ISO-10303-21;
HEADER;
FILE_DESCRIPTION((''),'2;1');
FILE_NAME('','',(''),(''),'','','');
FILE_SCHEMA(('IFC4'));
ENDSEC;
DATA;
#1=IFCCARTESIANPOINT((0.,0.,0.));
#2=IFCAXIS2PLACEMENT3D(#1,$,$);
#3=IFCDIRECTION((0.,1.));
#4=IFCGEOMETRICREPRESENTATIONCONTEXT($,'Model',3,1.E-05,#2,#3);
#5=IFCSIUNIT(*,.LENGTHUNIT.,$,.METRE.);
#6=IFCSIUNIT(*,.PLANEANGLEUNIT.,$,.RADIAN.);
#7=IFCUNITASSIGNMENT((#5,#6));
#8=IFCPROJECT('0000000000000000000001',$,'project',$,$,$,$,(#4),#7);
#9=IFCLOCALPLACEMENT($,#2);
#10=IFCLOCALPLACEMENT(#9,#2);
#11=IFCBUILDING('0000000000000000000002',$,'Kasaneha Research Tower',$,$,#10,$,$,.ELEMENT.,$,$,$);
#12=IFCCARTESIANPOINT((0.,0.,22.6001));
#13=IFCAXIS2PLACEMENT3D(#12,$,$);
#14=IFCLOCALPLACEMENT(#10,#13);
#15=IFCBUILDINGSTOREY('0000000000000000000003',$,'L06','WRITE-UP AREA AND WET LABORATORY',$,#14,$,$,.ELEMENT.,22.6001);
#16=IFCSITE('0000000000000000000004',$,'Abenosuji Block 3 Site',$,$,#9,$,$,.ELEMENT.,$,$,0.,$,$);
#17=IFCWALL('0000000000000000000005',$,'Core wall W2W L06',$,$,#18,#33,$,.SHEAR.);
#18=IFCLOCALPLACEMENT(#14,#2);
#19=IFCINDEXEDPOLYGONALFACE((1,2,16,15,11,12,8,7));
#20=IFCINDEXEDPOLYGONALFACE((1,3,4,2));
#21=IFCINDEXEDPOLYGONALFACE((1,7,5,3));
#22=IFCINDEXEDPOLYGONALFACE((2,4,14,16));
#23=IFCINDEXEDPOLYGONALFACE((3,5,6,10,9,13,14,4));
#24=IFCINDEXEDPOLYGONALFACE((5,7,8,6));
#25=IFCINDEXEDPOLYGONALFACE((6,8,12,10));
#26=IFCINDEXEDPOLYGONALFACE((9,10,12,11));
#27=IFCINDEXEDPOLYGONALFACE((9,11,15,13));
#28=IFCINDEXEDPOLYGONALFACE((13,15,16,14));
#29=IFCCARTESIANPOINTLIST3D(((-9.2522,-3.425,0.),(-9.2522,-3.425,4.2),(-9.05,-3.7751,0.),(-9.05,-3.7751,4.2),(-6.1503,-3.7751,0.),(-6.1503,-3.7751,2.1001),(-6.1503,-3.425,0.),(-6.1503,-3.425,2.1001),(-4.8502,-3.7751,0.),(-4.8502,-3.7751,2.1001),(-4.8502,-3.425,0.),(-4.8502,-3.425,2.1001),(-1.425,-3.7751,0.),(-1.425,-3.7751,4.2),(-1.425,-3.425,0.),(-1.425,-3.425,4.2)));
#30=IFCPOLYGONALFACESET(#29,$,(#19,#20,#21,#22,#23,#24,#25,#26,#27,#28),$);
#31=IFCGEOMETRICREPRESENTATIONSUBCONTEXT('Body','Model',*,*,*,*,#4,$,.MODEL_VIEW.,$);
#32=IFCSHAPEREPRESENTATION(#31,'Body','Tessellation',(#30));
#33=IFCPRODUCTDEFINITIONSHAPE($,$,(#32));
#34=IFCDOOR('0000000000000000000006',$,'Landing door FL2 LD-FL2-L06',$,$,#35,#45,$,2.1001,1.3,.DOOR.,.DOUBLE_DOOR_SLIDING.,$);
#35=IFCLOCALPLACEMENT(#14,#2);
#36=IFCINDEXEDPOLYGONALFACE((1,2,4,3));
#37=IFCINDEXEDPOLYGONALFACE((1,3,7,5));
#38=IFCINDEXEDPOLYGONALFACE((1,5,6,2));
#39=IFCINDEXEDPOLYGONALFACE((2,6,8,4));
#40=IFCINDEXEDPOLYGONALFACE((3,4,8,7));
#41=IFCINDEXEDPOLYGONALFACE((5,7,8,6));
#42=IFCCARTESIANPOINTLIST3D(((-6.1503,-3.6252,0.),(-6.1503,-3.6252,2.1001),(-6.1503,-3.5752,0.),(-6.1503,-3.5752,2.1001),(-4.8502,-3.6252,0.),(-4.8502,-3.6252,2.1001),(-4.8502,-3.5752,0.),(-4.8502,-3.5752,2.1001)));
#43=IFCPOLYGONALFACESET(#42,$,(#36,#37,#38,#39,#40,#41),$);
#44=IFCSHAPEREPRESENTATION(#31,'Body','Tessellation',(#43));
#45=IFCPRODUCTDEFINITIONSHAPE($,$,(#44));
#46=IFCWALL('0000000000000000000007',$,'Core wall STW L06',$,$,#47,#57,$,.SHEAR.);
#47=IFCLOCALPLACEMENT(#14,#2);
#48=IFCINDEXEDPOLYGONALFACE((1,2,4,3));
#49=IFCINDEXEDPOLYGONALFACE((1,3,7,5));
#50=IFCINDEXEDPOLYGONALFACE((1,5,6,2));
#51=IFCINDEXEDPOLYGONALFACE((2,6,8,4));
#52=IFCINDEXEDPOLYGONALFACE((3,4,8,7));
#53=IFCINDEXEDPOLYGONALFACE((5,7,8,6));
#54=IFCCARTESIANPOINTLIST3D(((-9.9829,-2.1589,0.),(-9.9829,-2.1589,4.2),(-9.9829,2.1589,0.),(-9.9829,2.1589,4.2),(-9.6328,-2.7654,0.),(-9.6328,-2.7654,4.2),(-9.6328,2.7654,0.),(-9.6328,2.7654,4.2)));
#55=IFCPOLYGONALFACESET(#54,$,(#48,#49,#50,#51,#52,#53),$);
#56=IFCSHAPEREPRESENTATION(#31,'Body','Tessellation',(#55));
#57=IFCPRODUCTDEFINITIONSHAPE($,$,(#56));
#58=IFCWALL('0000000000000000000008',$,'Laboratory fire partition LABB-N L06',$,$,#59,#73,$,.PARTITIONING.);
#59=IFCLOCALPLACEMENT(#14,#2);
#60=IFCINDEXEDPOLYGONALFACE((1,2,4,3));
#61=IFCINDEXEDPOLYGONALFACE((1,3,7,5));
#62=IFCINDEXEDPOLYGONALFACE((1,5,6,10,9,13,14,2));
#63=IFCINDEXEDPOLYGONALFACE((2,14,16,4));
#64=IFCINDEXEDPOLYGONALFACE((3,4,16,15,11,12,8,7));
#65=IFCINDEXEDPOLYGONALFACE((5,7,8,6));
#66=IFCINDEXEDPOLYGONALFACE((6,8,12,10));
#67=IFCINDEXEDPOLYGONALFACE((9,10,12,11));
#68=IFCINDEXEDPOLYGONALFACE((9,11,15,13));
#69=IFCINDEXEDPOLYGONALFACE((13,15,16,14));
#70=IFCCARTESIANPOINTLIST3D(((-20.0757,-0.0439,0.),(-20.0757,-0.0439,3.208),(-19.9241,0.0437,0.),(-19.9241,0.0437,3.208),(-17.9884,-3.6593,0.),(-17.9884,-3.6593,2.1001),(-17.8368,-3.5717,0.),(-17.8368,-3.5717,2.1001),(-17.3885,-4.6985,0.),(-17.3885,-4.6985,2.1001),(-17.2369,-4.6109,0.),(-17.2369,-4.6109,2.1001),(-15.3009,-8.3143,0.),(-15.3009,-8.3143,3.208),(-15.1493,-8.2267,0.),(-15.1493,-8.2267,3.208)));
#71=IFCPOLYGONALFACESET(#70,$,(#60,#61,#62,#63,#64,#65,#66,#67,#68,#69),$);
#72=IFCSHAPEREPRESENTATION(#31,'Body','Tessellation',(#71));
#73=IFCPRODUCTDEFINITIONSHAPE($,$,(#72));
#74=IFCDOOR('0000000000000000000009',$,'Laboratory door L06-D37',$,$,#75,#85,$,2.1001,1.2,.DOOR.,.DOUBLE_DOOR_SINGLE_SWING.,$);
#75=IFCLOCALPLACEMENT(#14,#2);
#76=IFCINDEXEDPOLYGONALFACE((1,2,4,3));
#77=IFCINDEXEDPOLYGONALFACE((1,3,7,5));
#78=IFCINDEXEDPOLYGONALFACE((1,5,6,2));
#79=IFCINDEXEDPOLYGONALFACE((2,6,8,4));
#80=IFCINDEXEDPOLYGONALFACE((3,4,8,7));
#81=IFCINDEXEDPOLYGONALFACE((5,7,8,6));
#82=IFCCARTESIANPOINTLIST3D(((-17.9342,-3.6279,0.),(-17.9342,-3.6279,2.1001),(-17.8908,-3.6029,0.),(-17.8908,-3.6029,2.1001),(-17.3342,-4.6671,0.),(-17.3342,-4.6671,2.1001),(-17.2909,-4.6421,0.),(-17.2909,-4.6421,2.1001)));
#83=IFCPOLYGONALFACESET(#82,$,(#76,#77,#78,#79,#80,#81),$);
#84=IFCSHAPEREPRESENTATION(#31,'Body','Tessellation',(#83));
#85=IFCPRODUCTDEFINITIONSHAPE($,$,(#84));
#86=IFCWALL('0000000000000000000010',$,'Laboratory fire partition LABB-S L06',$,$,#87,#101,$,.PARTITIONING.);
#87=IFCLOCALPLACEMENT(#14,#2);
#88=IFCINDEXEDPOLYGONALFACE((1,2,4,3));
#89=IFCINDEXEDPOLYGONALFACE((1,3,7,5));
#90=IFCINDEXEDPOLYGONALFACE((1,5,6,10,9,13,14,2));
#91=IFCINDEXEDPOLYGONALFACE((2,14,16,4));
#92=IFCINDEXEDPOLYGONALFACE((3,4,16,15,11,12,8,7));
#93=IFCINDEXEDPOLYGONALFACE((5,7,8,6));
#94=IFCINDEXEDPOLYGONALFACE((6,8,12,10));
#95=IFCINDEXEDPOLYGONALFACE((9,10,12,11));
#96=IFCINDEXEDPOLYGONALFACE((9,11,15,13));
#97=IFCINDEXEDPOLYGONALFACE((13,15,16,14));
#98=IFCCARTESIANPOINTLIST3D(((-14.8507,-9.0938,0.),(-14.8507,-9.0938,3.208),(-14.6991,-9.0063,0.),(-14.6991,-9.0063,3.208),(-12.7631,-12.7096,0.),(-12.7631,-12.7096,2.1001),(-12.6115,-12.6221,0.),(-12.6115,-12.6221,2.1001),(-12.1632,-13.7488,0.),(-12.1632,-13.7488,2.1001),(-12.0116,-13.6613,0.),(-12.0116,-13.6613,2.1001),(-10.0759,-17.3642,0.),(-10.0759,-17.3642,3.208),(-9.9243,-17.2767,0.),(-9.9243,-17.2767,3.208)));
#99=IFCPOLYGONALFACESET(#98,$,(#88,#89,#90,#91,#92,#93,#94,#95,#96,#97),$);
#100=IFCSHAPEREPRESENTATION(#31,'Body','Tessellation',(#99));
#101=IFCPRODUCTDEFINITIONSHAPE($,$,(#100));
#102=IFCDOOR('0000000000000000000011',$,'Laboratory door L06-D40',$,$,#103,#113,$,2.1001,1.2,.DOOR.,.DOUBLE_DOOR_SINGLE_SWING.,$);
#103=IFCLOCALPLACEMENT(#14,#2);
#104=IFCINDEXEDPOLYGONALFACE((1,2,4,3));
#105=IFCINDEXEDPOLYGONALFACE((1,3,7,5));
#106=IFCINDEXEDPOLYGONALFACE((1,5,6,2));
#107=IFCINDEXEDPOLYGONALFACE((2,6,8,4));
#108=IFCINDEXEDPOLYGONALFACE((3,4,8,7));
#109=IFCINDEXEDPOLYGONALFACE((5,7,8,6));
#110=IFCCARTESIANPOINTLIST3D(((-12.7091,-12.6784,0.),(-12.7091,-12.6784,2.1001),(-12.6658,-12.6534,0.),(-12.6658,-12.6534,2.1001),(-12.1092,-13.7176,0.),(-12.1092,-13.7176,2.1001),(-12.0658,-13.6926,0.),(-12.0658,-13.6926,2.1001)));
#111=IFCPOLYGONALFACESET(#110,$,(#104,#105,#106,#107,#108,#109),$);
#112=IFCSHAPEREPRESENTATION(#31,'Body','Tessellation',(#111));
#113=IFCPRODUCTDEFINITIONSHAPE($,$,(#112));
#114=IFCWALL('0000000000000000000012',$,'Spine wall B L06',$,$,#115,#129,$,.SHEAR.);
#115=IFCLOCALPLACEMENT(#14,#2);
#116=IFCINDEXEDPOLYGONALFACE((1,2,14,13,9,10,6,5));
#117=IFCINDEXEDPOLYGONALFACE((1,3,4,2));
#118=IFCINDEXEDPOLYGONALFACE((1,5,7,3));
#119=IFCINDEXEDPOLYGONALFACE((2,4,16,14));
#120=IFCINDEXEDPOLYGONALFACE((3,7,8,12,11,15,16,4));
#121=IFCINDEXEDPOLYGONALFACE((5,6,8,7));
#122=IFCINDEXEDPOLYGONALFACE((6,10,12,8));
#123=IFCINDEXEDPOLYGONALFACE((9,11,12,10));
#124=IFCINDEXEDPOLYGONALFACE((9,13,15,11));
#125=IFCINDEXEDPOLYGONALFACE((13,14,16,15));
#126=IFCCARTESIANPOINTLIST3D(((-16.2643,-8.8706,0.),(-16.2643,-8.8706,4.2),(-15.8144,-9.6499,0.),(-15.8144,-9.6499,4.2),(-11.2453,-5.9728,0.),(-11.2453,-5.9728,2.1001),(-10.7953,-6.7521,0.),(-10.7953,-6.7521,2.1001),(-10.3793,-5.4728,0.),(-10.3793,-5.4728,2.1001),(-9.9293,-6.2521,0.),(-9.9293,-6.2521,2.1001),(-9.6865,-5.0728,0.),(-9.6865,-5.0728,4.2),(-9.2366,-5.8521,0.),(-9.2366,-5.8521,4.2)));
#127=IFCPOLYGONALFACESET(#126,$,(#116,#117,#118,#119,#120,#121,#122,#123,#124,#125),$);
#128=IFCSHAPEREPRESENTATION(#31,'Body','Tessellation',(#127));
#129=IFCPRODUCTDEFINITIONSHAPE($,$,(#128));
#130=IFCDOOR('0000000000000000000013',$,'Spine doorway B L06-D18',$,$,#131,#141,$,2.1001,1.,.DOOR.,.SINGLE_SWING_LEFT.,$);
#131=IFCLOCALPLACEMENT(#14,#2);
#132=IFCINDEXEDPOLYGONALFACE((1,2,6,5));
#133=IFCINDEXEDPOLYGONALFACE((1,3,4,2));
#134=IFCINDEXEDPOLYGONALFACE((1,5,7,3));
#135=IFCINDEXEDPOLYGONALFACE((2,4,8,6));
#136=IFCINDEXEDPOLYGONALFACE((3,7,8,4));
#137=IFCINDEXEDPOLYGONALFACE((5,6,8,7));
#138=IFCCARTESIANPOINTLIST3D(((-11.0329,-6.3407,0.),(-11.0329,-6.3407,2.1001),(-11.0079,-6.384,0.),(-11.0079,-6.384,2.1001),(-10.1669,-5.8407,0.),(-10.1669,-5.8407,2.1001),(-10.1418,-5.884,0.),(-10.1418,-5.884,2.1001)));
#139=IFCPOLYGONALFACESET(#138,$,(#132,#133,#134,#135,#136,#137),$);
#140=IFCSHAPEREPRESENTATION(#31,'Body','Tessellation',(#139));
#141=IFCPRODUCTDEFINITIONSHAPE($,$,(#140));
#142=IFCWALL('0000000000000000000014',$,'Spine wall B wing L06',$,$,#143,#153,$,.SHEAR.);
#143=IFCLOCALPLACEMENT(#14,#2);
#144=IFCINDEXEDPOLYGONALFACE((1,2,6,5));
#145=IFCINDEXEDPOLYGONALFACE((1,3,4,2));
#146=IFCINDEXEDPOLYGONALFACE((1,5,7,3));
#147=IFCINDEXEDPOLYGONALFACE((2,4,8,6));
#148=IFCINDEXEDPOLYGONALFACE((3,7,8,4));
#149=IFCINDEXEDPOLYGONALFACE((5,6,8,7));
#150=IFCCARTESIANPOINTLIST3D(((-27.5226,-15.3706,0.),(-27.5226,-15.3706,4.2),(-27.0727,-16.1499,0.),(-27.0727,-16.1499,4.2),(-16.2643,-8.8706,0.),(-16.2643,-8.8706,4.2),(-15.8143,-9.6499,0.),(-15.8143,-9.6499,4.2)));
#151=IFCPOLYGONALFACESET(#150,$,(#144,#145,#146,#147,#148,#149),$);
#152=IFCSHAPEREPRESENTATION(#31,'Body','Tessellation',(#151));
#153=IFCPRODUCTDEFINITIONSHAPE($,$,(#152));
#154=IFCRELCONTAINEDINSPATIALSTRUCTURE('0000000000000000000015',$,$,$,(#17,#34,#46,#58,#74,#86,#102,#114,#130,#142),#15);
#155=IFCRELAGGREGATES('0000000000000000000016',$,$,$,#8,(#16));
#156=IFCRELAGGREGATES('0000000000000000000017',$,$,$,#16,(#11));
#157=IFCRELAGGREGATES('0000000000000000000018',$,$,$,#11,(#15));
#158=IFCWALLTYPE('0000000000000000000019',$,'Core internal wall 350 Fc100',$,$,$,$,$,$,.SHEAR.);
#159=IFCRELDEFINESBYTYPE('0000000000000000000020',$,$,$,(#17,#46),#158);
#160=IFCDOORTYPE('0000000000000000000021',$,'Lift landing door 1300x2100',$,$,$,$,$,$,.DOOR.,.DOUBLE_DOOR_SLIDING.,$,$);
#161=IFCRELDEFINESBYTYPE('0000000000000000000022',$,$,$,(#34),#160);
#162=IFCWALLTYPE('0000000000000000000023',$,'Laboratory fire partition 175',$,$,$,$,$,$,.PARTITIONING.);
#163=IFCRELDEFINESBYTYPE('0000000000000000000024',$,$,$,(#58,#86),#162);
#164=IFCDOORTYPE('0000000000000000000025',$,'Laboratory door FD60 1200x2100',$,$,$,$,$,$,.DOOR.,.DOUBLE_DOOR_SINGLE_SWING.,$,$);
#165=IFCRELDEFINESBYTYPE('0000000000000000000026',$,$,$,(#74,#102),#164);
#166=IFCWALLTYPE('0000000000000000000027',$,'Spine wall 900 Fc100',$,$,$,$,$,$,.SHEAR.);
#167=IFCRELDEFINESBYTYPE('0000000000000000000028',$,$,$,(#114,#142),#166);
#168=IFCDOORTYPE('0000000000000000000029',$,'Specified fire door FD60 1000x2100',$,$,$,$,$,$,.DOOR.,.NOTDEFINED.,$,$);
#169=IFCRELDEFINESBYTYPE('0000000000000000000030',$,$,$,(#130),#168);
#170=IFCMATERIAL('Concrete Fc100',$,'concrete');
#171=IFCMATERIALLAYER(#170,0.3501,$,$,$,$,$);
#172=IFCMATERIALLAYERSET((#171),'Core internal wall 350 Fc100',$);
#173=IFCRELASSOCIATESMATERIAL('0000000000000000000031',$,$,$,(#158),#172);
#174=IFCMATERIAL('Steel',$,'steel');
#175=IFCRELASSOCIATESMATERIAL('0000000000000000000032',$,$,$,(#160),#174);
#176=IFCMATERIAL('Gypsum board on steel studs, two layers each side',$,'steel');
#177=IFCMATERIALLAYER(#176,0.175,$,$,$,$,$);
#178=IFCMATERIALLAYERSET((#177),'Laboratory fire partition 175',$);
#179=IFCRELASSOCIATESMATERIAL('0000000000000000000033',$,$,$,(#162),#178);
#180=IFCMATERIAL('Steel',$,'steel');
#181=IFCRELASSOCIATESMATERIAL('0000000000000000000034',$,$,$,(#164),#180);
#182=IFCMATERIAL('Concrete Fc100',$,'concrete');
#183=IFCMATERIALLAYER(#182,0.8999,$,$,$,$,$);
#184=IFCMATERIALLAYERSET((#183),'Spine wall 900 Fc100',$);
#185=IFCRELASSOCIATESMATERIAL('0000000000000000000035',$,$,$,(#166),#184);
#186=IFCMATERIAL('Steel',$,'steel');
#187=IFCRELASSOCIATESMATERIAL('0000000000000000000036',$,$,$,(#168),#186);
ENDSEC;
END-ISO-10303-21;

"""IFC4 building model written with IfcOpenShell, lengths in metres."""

from ifc_helpers import new_model, si_unit, direction, frame, frame_2d, origin, place, context, subcontext, project, spatial, polyline, rectangle, outline, extrude, material, layer, layer_set, type_object, element, fill, save


model = new_model("IFC4")

# Units and contexts
model_context = context("Model", 3, precision=1e-05, world=origin(), true_north=direction((0.0, 1.0)))
body_context = subcontext(model_context, "Body", "Model", "MODEL_VIEW")
ifc_project = project(units=[si_unit("LENGTHUNIT", "METRE"), si_unit("PLANEANGLEUNIT", "RADIAN")], contexts=[model_context])

# Site, building, storey
site_placement = place(None, origin())
site = spatial("IfcSite", under=ifc_project, at=site_placement, Name="Abenosuji Block 3 Site", CompositionType="ELEMENT", RefElevation=0.0)
building_placement = place(site_placement, origin())
building = spatial("IfcBuilding", under=site, at=building_placement, Name="Kasaneha Research Tower", CompositionType="ELEMENT")
storey_placement = place(building_placement, frame((0.0, 0.0, 22.6001)))
storey = spatial("IfcBuildingStorey", under=building, at=storey_placement, Name="L06", Description="WRITE-UP AREA AND WET LABORATORY", CompositionType="ELEMENT", Elevation=22.6001)

# Wall, opening, door
ifc_material_1 = material(Name="Concrete Fc100", Category="concrete")
ifc_layer_1 = layer(ifc_material_1, 0.3501)
ifc_layer_set_1 = layer_set([ifc_layer_1], Name="Core internal wall 350 Fc100")
wall_type_1 = type_object("IfcWallType", Name="Core internal wall 350 Fc100", PredefinedType="SHEAR", material=ifc_layer_set_1)
wall_1_placement = place(storey_placement, frame((-9.1511, -3.6001, 0.0), z_axis=(0.0, 0.0, 1.0), x_axis=(1.0, 0.0, 0.0)))
wall_1 = element("IfcWall", 1, at=wall_1_placement, inside=storey, type_object=wall_type_1, Name="Core wall W2W L06", PredefinedType="SHEAR", context=body_context, shape_type="SweptSolid", body=[
    extrude(outline(polyline([(0.1011, -0.175), (3.001, -0.175), (4.301, -0.175), (7.7261, -0.175), (7.7261, 0.175), (4.301, 0.175), (3.001, 0.175), (-0.1011, 0.175), (0.1011, -0.175)])), origin(), (0.0, 0.0, 1.0), 4.2),
])
opening_1_placement = place(wall_1_placement, frame((3.001, 0.0, 0.0)))
opening_1 = element("IfcOpeningElement", 2, at=opening_1_placement, cuts=wall_1, PredefinedType="OPENING", context=body_context, shape_type="SweptSolid", body=[
    extrude(rectangle(XDim=1.3, YDim=2.1001, at=frame_2d((0.6499, 1.05))), frame((0.0, 0.1851, 0.0), z_axis=(0.0, -1.0, 0.0), x_axis=(1.0, 0.0, 0.0)), (0.0, 0.0, 1.0), 0.3701),
])
ifc_material_2 = material(Name="Steel", Category="steel")
door_type_1 = type_object("IfcDoorType", Name="Lift landing door 1300x2100", OperationType="DOUBLE_DOOR_SLIDING", PredefinedType="DOOR", material=ifc_material_2)
door_1_placement = place(opening_1_placement, origin())
door_1 = element("IfcDoor", 3, at=door_1_placement, inside=storey, type_object=door_type_1, Name="Landing door FL2 LD-FL2-L06", OperationType="DOUBLE_DOOR_SLIDING", OverallHeight=2.1001, OverallWidth=1.3, PredefinedType="DOOR", context=body_context, shape_type="SweptSolid", body=[
    extrude(rectangle(XDim=1.3, YDim=2.1001, at=frame_2d((0.6499, 1.05))), frame((0.0, 0.0249, 0.0), z_axis=(0.0, -1.0, 0.0), x_axis=(1.0, 0.0, 0.0)), (0.0, 0.0, 1.0), 0.05),
])
fill(opening_1, door_1)

# Wall
wall_2_placement = place(storey_placement, frame((-9.8079, -2.4622, 0.0), z_axis=(0.0, 0.0, 1.0), x_axis=(0.0, 1.0, 0.0)))
element("IfcWall", 4, at=wall_2_placement, inside=storey, type_object=wall_type_1, Name="Core wall STW L06", PredefinedType="SHEAR", context=body_context, shape_type="SweptSolid", body=[
    extrude(outline(polyline([(-0.3032, -0.175), (5.2275, -0.175), (4.6211, 0.175), (0.3032, 0.175), (-0.3032, -0.175)])), origin(), (0.0, 0.0, 1.0), 4.2),
])

# Walls, openings, doors
ifc_material_3 = material(Name="Gypsum board on steel studs, two layers each side", Category="steel")
ifc_layer_2 = layer(ifc_material_3, 0.175)
ifc_layer_set_2 = layer_set([ifc_layer_2], Name="Laboratory fire partition 175")
wall_type_2 = type_object("IfcWallType", Name="Laboratory fire partition 175", PredefinedType="PARTITIONING", material=ifc_layer_set_2)
wall_3_placement = place(storey_placement, frame((-15.2251, -8.2705, 0.0), z_axis=(0.0, 0.0, 1.0), x_axis=(-0.499994, 0.866029, 0.0)))
wall_3 = element("IfcWall", 5, at=wall_3_placement, inside=storey, type_object=wall_type_2, Name="Laboratory fire partition LABB-N L06", PredefinedType="PARTITIONING", context=body_context, shape_type="SweptSolid", body=[
    extrude(rectangle(XDim=9.5498, YDim=0.175, at=frame_2d((4.7749, 0.0))), origin(), (0.0, 0.0, 1.0), 3.208),
])
opening_2_placement = place(wall_3_placement, frame((4.175, 0.0, 0.0)))
opening_2 = element("IfcOpeningElement", 6, at=opening_2_placement, cuts=wall_3, PredefinedType="OPENING", context=body_context, shape_type="SweptSolid", body=[
    extrude(rectangle(XDim=1.2, YDim=2.1001, at=frame_2d((0.6001, 1.05))), frame((0.0, 0.0977, 0.0), z_axis=(0.0, -1.0, 0.0), x_axis=(1.0, 0.0, 0.0)), (0.0, 0.0, 1.0), 0.1951),
])
ifc_material_4 = material(Name="Steel", Category="steel")
door_type_2 = type_object("IfcDoorType", Name="Laboratory door FD60 1200x2100", OperationType="DOUBLE_DOOR_SINGLE_SWING", PredefinedType="DOOR", material=ifc_material_4)
door_2_placement = place(opening_2_placement, origin())
door_2 = element("IfcDoor", 7, at=door_2_placement, inside=storey, type_object=door_type_2, Name="Laboratory door L06-D37", OperationType="DOUBLE_DOOR_SINGLE_SWING", OverallHeight=2.1001, OverallWidth=1.2, PredefinedType="DOOR", context=body_context, shape_type="SweptSolid", body=[
    extrude(rectangle(XDim=1.2, YDim=2.1001, at=frame_2d((0.6001, 1.05))), frame((0.0, 0.0249, 0.0), z_axis=(0.0, -1.0, 0.0), x_axis=(1.0, 0.0, 0.0)), (0.0, 0.0, 1.0), 0.05),
])
fill(opening_2, door_2)
wall_4_placement = place(storey_placement, frame((-14.7749, -9.05, 0.0), z_axis=(0.0, 0.0, 1.0), x_axis=(0.499994, -0.866029, 0.0)))
wall_4 = element("IfcWall", 8, at=wall_4_placement, inside=storey, type_object=wall_type_2, Name="Laboratory fire partition LABB-S L06", PredefinedType="PARTITIONING", context=body_context, shape_type="SweptSolid", body=[
    extrude(rectangle(XDim=9.5498, YDim=0.175, at=frame_2d((4.7749, 0.0))), origin(), (0.0, 0.0, 1.0), 3.208),
])
opening_3_placement = place(wall_4_placement, frame((4.175, 0.0, 0.0)))
opening_3 = element("IfcOpeningElement", 9, at=opening_3_placement, cuts=wall_4, PredefinedType="OPENING", context=body_context, shape_type="SweptSolid", body=[
    extrude(rectangle(XDim=1.2, YDim=2.1001, at=frame_2d((0.6001, 1.05))), frame((0.0, 0.0977, 0.0), z_axis=(0.0, -1.0, 0.0), x_axis=(1.0, 0.0, 0.0)), (0.0, 0.0, 1.0), 0.1951),
])
door_3_placement = place(opening_3_placement, origin())
door_3 = element("IfcDoor", 10, at=door_3_placement, inside=storey, type_object=door_type_2, Name="Laboratory door L06-D40", OperationType="DOUBLE_DOOR_SINGLE_SWING", OverallHeight=2.1001, OverallWidth=1.2, PredefinedType="DOOR", context=body_context, shape_type="SweptSolid", body=[
    extrude(rectangle(XDim=1.2, YDim=2.1001, at=frame_2d((0.6001, 1.05))), frame((0.0, 0.0249, 0.0), z_axis=(0.0, -1.0, 0.0), x_axis=(1.0, 0.0, 0.0)), (0.0, 0.0, 1.0), 0.05),
])
fill(opening_3, door_3)
ifc_material_5 = material(Name="Concrete Fc100", Category="concrete")
ifc_layer_3 = layer(ifc_material_5, 0.8999)
ifc_layer_set_3 = layer_set([ifc_layer_3], Name="Spine wall 900 Fc100")
wall_type_3 = type_object("IfcWallType", Name="Spine wall 900 Fc100", PredefinedType="SHEAR", material=ifc_layer_set_3)
wall_5_placement = place(storey_placement, frame((-9.4614, -5.4624, 0.0), z_axis=(0.0, 0.0, 1.0), x_axis=(-0.866019, -0.500011, 0.0)))
wall_5 = element("IfcWall", 11, at=wall_5_placement, inside=storey, type_object=wall_type_3, Name="Spine wall B L06", PredefinedType="SHEAR", context=body_context, shape_type="SweptSolid", body=[
    extrude(rectangle(XDim=7.5955, YDim=0.8999, at=frame_2d((3.7979, 0.0))), origin(), (0.0, 0.0, 1.0), 4.2),
])
opening_4_placement = place(wall_5_placement, frame((0.8, 0.0, 0.0)))
opening_4 = element("IfcOpeningElement", 12, at=opening_4_placement, cuts=wall_5, PredefinedType="OPENING", context=body_context, shape_type="SweptSolid", body=[
    extrude(rectangle(XDim=1.0, YDim=2.1001, at=frame_2d((0.5, 1.05))), frame((0.0, 0.46, 0.0), z_axis=(0.0, -1.0, 0.0), x_axis=(1.0, 0.0, 0.0)), (0.0, 0.0, 1.0), 0.9199),
])
ifc_material_6 = material(Name="Steel", Category="steel")
door_type_3 = type_object("IfcDoorType", Name="Specified fire door FD60 1000x2100", OperationType="NOTDEFINED", PredefinedType="DOOR", material=ifc_material_6)
door_4_placement = place(opening_4_placement, origin())
door_4 = element("IfcDoor", 13, at=door_4_placement, inside=storey, type_object=door_type_3, Name="Spine doorway B L06-D18", OperationType="SINGLE_SWING_LEFT", OverallHeight=2.1001, OverallWidth=1.0, PredefinedType="DOOR", context=body_context, shape_type="SweptSolid", body=[
    extrude(rectangle(XDim=1.0, YDim=2.1001, at=frame_2d((0.5, 1.05))), frame((0.0, 0.0249, 0.0), z_axis=(0.0, -1.0, 0.0), x_axis=(1.0, 0.0, 0.0)), (0.0, 0.0, 1.0), 0.05),
])
fill(opening_4, door_4)

# Wall
wall_6_placement = place(storey_placement, frame((-16.0393, -9.2603, 0.0), z_axis=(0.0, 0.0, 1.0), x_axis=(-0.866025, -0.500001, 0.0)))
element("IfcWall", 14, at=wall_6_placement, inside=storey, type_object=wall_type_3, Name="Spine wall B wing L06", PredefinedType="SHEAR", context=body_context, shape_type="SweptSolid", body=[
    extrude(rectangle(XDim=13.0, YDim=0.8999, at=frame_2d((6.5, 0.0))), origin(), (0.0, 0.0, 1.0), 4.2),
])

save(model, "model.ifc")
